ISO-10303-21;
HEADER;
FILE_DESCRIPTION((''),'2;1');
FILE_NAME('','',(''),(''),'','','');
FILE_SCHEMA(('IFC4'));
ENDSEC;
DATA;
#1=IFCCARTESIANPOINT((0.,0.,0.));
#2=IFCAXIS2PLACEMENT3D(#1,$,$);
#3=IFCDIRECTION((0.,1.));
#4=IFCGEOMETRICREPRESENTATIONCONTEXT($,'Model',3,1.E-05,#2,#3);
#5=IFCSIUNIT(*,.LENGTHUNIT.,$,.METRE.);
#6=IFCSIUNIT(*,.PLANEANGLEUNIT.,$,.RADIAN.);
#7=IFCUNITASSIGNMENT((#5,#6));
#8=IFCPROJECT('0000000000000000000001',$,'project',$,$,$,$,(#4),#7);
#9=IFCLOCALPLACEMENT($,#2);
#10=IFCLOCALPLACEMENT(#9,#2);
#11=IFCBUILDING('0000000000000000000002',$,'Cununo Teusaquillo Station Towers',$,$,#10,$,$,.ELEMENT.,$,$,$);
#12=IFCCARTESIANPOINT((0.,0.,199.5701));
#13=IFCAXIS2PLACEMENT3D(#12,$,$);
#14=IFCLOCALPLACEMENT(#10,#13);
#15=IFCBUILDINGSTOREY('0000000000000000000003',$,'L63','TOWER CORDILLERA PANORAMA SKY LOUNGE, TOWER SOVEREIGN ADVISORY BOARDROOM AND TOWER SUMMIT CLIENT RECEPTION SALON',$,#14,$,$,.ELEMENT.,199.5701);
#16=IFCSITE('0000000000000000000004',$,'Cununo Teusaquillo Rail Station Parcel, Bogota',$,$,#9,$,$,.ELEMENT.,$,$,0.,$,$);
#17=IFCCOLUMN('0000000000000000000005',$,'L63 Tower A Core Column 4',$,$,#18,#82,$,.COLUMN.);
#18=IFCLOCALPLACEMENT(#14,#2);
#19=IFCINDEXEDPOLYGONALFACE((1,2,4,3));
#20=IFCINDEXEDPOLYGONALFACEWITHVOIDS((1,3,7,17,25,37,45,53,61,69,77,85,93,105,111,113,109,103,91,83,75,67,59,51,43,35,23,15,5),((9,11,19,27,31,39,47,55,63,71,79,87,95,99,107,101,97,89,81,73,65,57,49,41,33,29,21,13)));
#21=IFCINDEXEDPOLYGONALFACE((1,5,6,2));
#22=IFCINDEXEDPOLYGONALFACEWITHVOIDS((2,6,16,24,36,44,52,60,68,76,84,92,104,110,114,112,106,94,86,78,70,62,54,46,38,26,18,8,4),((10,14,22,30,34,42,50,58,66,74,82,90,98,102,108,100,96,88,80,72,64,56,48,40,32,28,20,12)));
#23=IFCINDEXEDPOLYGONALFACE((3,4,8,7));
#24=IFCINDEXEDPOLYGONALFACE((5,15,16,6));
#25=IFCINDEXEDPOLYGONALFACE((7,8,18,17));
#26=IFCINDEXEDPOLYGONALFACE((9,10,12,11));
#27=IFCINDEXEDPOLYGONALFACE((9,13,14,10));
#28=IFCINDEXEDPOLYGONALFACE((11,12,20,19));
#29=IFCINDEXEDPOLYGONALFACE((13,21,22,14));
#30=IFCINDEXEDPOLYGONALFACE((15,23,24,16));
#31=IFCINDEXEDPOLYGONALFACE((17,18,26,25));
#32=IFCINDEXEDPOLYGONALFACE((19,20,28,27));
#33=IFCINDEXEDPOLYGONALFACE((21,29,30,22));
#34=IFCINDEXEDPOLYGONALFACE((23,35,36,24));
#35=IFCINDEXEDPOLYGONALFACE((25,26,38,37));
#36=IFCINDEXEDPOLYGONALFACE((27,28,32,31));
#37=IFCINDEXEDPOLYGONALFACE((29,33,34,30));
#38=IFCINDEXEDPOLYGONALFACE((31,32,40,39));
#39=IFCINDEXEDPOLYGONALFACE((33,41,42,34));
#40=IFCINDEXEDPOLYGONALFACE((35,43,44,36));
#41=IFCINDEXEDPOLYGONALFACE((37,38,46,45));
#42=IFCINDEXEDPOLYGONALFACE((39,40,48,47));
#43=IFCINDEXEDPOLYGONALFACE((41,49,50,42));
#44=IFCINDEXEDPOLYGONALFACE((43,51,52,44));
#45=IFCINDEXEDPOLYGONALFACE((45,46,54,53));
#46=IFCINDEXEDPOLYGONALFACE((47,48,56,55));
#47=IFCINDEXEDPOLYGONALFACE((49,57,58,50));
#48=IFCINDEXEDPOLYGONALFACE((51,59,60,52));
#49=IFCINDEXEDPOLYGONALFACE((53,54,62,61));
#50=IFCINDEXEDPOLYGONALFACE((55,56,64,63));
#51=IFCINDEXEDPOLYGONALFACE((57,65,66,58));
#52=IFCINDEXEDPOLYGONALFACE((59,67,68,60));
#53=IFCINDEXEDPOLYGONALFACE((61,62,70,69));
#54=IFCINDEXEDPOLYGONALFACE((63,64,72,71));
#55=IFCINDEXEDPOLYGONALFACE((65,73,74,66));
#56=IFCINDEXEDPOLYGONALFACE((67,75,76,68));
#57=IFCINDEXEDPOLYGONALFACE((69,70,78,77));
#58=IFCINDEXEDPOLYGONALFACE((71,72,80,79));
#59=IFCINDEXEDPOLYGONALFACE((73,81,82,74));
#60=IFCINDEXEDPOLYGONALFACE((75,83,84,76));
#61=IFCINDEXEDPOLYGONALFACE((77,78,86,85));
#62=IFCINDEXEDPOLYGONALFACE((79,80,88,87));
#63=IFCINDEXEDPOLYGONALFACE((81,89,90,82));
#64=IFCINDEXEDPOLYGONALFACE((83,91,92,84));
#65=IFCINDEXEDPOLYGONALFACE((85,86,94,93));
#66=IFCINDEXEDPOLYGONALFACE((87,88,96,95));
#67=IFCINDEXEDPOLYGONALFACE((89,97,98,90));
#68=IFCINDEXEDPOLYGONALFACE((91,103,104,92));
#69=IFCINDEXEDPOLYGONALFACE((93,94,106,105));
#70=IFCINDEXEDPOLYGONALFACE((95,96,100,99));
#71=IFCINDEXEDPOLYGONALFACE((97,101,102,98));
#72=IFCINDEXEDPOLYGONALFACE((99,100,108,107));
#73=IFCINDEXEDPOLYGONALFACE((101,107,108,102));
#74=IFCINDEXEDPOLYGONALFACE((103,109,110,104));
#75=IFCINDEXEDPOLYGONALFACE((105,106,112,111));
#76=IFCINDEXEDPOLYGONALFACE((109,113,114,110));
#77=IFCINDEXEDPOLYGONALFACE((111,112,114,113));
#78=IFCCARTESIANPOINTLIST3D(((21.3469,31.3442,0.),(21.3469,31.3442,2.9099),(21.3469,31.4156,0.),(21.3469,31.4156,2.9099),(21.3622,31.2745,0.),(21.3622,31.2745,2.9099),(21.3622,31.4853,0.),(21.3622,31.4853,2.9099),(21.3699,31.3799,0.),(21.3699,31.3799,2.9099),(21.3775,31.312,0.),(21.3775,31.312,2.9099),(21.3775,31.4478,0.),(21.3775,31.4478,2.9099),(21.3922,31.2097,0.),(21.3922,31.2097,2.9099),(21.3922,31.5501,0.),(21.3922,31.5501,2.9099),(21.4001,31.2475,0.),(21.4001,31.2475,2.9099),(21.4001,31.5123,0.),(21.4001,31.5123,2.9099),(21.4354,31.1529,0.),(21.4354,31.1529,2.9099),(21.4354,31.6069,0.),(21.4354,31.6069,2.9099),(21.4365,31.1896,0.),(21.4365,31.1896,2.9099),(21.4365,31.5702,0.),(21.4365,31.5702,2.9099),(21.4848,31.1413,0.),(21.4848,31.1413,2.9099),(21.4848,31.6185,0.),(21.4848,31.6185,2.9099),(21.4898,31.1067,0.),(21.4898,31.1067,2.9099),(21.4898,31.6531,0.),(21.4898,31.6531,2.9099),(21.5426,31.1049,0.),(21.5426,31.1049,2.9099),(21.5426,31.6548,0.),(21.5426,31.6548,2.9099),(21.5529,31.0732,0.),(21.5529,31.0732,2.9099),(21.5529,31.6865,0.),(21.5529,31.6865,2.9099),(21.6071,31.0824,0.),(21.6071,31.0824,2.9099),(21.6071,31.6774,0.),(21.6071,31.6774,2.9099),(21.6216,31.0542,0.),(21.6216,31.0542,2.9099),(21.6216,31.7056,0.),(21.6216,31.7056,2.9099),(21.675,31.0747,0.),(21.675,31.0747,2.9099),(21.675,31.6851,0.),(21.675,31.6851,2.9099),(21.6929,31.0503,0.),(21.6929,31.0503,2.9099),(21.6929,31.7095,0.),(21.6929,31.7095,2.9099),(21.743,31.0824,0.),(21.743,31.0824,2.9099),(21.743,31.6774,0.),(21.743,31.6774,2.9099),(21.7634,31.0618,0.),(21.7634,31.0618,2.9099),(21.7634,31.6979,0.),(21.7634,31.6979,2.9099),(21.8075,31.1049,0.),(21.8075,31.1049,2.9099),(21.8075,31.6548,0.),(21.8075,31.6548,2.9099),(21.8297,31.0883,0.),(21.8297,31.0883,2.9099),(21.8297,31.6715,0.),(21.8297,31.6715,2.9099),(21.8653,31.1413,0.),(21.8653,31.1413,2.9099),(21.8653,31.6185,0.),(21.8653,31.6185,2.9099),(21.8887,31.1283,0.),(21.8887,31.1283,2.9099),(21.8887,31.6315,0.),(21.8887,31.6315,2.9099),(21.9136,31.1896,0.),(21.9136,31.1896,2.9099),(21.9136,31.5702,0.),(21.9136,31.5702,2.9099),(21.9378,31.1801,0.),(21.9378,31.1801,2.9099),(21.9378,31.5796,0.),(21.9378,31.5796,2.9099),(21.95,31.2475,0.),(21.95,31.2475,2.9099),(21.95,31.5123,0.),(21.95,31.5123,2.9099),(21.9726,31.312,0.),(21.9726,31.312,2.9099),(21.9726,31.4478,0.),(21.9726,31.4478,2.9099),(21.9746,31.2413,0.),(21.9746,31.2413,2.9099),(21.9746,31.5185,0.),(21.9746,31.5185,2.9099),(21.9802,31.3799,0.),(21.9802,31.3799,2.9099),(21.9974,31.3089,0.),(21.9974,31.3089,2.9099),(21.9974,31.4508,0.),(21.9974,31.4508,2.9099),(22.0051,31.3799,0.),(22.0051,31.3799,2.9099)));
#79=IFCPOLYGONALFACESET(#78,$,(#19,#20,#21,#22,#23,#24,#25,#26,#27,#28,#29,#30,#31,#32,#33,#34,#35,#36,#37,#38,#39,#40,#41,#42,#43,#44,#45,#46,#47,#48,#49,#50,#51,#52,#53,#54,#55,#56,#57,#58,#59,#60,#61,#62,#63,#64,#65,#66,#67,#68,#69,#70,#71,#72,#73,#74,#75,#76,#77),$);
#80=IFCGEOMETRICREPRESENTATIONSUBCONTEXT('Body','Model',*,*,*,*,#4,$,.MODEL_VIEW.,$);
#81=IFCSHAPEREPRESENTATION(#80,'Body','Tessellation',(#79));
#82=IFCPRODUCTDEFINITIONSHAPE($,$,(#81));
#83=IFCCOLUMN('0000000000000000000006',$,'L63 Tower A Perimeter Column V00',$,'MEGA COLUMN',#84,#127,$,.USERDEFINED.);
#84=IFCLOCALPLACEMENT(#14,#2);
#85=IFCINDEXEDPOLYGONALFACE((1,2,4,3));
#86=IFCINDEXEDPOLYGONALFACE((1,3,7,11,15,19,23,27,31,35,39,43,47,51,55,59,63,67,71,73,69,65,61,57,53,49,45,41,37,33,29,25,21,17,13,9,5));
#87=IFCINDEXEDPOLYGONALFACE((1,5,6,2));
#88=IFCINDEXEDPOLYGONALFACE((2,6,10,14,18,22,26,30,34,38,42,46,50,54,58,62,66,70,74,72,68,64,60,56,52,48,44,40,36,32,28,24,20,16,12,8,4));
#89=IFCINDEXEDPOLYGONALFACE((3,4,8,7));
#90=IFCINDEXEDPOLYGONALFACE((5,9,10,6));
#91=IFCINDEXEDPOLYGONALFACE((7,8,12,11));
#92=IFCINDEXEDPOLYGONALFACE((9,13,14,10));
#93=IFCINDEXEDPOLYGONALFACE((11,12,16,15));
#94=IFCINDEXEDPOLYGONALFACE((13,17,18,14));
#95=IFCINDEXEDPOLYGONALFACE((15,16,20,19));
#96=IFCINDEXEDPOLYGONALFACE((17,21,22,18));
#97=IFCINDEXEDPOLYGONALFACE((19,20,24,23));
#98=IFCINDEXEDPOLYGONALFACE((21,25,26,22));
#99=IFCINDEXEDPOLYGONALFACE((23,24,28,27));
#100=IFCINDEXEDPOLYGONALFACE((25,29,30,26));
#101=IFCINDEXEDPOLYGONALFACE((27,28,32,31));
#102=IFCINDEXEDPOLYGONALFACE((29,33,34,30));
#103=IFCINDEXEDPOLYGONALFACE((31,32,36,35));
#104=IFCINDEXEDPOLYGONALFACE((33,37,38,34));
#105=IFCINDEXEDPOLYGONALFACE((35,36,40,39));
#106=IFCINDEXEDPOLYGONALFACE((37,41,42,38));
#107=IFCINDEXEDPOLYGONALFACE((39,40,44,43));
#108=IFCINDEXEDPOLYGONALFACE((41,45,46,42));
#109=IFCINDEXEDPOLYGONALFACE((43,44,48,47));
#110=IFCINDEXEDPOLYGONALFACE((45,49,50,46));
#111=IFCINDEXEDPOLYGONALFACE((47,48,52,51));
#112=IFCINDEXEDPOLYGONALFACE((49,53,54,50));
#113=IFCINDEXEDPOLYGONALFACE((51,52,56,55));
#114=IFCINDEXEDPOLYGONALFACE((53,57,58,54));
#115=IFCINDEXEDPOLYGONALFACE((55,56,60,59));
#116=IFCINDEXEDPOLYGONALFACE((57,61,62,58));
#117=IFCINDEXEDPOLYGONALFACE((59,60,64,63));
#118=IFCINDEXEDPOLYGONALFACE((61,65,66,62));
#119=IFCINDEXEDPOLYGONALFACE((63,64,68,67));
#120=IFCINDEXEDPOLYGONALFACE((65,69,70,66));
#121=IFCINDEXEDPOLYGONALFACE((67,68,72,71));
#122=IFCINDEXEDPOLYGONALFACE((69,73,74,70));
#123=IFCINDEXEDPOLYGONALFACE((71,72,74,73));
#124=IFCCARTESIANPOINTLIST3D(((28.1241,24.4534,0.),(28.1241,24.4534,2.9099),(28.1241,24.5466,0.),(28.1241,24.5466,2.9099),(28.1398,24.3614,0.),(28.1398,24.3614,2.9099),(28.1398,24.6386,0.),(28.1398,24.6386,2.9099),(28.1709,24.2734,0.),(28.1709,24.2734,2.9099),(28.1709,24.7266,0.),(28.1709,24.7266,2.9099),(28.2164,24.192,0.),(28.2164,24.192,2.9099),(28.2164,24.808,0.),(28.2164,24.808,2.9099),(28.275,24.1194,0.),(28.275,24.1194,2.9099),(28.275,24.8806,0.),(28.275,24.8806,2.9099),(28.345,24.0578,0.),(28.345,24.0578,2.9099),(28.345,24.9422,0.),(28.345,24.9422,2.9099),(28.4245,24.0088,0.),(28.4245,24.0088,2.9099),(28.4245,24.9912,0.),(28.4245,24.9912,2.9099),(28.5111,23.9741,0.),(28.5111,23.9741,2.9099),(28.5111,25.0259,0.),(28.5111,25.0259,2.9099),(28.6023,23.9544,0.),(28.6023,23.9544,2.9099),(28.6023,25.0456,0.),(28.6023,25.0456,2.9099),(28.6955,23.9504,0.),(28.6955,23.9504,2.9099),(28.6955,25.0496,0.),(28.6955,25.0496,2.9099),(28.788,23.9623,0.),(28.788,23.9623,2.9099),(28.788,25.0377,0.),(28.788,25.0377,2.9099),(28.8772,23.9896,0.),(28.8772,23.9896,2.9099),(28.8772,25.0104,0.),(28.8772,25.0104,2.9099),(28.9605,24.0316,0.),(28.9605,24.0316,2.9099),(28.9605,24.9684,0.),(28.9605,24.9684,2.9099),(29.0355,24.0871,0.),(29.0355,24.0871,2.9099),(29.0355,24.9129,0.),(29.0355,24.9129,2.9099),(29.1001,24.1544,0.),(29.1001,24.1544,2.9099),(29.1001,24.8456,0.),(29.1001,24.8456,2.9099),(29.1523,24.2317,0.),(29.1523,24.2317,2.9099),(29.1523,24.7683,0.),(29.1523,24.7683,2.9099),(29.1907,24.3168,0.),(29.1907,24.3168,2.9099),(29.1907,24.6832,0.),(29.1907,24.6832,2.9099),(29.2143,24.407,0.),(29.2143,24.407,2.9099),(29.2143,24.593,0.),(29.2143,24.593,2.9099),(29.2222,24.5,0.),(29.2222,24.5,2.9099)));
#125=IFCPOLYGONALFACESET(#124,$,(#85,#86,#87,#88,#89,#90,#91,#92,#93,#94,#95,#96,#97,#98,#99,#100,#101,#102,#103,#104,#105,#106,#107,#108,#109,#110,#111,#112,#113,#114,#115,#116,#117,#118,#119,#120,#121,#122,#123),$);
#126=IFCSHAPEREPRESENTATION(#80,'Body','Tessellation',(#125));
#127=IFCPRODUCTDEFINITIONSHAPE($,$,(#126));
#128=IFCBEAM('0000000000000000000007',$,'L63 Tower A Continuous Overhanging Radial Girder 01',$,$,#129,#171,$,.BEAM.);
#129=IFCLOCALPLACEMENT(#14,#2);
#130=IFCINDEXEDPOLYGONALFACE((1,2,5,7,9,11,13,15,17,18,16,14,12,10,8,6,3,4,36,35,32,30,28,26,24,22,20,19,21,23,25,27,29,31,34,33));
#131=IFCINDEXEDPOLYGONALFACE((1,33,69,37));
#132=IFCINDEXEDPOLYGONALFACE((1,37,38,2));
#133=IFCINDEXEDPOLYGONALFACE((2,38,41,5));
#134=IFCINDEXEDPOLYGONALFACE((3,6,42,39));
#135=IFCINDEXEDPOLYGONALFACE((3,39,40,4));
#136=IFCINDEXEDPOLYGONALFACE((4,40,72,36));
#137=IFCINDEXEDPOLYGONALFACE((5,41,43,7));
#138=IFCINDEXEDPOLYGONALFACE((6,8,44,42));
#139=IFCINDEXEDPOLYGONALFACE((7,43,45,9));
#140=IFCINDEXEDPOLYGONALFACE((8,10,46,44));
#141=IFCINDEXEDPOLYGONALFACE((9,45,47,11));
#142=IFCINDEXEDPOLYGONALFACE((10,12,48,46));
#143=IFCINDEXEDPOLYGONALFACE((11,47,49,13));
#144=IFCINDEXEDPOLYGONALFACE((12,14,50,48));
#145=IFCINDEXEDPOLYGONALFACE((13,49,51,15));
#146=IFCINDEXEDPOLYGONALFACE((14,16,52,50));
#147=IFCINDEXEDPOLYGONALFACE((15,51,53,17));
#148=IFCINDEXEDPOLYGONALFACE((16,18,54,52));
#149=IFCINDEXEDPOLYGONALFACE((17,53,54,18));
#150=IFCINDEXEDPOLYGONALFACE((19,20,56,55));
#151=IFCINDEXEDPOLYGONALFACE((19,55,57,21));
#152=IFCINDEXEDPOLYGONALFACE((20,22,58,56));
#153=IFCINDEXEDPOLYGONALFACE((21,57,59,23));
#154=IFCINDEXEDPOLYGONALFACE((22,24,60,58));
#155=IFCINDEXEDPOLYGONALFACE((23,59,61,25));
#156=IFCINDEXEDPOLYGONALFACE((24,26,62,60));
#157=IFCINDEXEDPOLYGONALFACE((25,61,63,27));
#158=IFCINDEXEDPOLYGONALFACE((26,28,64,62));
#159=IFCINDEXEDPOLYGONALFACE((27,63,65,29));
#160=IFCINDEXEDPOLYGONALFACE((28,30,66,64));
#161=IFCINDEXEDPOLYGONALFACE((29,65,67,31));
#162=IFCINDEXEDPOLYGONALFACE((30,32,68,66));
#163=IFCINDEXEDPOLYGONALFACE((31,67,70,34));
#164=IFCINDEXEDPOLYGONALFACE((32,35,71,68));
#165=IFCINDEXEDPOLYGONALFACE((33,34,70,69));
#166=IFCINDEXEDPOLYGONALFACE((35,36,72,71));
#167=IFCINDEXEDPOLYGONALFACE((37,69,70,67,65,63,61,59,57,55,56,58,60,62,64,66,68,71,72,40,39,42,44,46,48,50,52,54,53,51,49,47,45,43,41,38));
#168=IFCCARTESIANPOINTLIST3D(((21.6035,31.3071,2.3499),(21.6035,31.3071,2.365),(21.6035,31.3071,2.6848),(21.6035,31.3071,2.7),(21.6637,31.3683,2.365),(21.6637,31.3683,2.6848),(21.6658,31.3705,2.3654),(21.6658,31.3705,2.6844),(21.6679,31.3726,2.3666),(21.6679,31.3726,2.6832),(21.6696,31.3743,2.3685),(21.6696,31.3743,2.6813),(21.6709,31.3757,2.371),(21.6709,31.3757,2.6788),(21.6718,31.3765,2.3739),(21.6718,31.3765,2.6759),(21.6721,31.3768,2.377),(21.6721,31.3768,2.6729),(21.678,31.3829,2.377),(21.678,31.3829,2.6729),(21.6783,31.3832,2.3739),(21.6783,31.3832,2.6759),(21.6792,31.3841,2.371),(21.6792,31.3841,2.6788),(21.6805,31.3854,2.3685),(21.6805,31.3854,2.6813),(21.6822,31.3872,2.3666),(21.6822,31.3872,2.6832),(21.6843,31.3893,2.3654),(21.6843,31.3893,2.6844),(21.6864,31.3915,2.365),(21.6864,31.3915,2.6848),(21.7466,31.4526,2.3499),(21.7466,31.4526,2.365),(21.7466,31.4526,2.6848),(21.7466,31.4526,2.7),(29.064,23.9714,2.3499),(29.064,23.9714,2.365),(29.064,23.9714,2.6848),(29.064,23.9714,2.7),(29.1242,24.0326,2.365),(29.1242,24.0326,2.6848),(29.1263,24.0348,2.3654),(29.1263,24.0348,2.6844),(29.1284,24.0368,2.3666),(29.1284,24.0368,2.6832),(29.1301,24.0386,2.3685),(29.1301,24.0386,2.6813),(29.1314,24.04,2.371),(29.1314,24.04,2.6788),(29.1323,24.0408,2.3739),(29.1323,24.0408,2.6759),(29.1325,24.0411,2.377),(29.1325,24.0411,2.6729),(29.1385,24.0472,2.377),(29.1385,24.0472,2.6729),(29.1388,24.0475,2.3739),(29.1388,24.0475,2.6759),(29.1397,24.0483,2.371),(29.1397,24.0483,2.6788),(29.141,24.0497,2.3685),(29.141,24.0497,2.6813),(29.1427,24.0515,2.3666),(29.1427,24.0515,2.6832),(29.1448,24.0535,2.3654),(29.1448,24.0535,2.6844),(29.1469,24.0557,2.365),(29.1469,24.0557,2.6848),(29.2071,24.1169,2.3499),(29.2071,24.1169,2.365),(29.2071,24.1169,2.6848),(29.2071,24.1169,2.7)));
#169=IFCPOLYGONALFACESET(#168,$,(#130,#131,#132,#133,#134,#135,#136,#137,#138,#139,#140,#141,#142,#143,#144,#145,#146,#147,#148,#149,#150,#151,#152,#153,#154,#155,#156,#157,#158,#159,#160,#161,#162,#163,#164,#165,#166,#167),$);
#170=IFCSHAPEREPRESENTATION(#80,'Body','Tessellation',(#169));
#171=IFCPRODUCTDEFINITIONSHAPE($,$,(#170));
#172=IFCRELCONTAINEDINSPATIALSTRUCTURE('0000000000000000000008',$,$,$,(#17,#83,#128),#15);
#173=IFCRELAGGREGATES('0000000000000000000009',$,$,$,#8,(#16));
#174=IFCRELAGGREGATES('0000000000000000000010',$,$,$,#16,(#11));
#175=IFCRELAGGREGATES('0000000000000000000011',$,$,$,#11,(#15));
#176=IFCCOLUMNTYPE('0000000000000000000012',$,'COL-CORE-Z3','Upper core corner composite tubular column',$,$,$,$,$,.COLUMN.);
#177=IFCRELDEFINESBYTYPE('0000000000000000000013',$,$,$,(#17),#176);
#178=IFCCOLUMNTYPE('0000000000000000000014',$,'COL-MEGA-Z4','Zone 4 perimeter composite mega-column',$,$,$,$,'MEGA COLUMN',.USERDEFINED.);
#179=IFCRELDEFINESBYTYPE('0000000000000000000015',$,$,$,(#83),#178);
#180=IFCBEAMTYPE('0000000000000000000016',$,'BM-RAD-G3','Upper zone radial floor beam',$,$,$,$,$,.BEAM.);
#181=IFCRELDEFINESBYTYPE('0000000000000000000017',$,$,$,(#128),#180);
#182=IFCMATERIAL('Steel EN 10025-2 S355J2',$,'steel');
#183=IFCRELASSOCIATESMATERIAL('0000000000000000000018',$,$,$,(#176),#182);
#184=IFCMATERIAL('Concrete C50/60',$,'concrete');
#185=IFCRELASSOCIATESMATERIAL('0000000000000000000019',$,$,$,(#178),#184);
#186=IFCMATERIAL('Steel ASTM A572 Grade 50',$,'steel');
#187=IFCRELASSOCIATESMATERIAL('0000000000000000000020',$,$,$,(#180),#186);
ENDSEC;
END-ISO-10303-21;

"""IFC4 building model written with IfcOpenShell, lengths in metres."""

from ifc_helpers import new_model, si_unit, direction, frame, origin, origin_2d, place, context, subcontext, project, spatial, circle, hollow_circle, i_section, extrude, material, material_profile, profile_set, type_object, element, save


model = new_model("IFC4")

# Units and contexts
model_context = context("Model", 3, precision=1e-05, world=origin(), true_north=direction((0.0, 1.0)))
body_context = subcontext(model_context, "Body", "Model", "MODEL_VIEW")
ifc_project = project(units=[si_unit("LENGTHUNIT", "METRE"), si_unit("PLANEANGLEUNIT", "RADIAN")], contexts=[model_context])

# Site, building, storey
site_placement = place(None, origin())
site = spatial("IfcSite", under=ifc_project, at=site_placement, Name="Cununo Teusaquillo Rail Station Parcel, Bogota", CompositionType="ELEMENT", RefElevation=0.0)
building_placement = place(site_placement, origin())
building = spatial("IfcBuilding", under=site, at=building_placement, Name="Cununo Teusaquillo Station Towers", CompositionType="ELEMENT")
storey_placement = place(building_placement, frame((0.0, 0.0, 199.5701)))
storey = spatial("IfcBuildingStorey", under=building, at=storey_placement, Name="L63", Description="TOWER CORDILLERA PANORAMA SKY LOUNGE, TOWER SOVEREIGN ADVISORY BOARDROOM AND TOWER SUMMIT CLIENT RECEPTION SALON", CompositionType="ELEMENT", Elevation=199.5701)

# Columns
ifc_material_1 = material(Name="Steel EN 10025-2 S355J2", Category="steel")
ifc_material_profile_1 = material_profile(ifc_material_1, hollow_circle(Radius=0.3301, WallThickness=0.0249, at=origin_2d()), Name="CHS 660x25")
ifc_profile_set_1 = profile_set([ifc_material_profile_1], Name="Steel EN 10025-2 S355J2")
column_type_1 = type_object("IfcColumnType", Name="COL-CORE-Z3", Description="Upper core corner composite tubular column", PredefinedType="COLUMN", material=ifc_profile_set_1)
column_1_placement = place(storey_placement, frame((21.675, 31.3799, 0.0), z_axis=(0.0, 0.0, 1.0), x_axis=(1.0, 0.0, 0.0)))
element("IfcColumn", 1, at=column_1_placement, inside=storey, type_object=column_type_1, Name="L63 Tower A Core Column 4", PredefinedType="COLUMN", context=body_context, shape_type="SweptSolid", body=[
    extrude(hollow_circle(Radius=0.3301, WallThickness=0.0249, at=origin_2d()), origin(), (0.0, 0.0, 1.0), 2.9099),
])
ifc_material_2 = material(Name="Concrete C50/60", Category="concrete")
ifc_material_profile_2 = material_profile(ifc_material_2, circle(Radius=0.55, at=origin_2d()), Name="RC-CIRC-1100")
ifc_profile_set_2 = profile_set([ifc_material_profile_2], Name="Concrete C50/60")
column_type_2 = type_object("IfcColumnType", Name="COL-MEGA-Z4", Description="Zone 4 perimeter composite mega-column", ElementType="MEGA COLUMN", PredefinedType="USERDEFINED", material=ifc_profile_set_2)
column_2_placement = place(storey_placement, frame((28.6721, 24.5, 0.0), z_axis=(0.0, 0.0, 1.0), x_axis=(1.0, 0.0, 0.0)))
element("IfcColumn", 2, at=column_2_placement, inside=storey, type_object=column_type_2, Name="L63 Tower A Perimeter Column V00", ObjectType="MEGA COLUMN", PredefinedType="USERDEFINED", context=body_context, shape_type="SweptSolid", body=[
    extrude(circle(Radius=0.55, at=origin_2d()), origin(), (0.0, 0.0, 1.0), 2.9099),
])

# Beam
ifc_material_3 = material(Name="Steel ASTM A572 Grade 50", Category="steel")
ifc_material_profile_3 = material_profile(ifc_material_3, i_section(OverallWidth=0.2041, OverallDepth=0.3501, WebThickness=0.0085, FlangeThickness=0.0151, FilletRadius=0.012, at=origin_2d()), Name="W14X48")
ifc_profile_set_3 = profile_set([ifc_material_profile_3], Name="Steel ASTM A572 Grade 50")
beam_type_1 = type_object("IfcBeamType", Name="BM-RAD-G3", Description="Upper zone radial floor beam", PredefinedType="BEAM", material=ifc_profile_set_3)
beam_1_placement = place(storey_placement, frame((21.675, 31.3799, 2.5249), z_axis=(0.713044, -0.70112, 0.0), x_axis=(0.70112, 0.713044, 0.0)))
element("IfcBeam", 3, at=beam_1_placement, inside=storey, type_object=beam_type_1, Name="L63 Tower A Continuous Overhanging Radial Girder 01", PredefinedType="BEAM", context=body_context, shape_type="SweptSolid", body=[
    extrude(i_section(OverallWidth=0.2041, OverallDepth=0.3501, WebThickness=0.0085, FlangeThickness=0.0151, FilletRadius=0.012, at=origin_2d()), origin(), (0.0, 0.0, 1.0), 10.4629),
])

save(model, "model.ifc")
